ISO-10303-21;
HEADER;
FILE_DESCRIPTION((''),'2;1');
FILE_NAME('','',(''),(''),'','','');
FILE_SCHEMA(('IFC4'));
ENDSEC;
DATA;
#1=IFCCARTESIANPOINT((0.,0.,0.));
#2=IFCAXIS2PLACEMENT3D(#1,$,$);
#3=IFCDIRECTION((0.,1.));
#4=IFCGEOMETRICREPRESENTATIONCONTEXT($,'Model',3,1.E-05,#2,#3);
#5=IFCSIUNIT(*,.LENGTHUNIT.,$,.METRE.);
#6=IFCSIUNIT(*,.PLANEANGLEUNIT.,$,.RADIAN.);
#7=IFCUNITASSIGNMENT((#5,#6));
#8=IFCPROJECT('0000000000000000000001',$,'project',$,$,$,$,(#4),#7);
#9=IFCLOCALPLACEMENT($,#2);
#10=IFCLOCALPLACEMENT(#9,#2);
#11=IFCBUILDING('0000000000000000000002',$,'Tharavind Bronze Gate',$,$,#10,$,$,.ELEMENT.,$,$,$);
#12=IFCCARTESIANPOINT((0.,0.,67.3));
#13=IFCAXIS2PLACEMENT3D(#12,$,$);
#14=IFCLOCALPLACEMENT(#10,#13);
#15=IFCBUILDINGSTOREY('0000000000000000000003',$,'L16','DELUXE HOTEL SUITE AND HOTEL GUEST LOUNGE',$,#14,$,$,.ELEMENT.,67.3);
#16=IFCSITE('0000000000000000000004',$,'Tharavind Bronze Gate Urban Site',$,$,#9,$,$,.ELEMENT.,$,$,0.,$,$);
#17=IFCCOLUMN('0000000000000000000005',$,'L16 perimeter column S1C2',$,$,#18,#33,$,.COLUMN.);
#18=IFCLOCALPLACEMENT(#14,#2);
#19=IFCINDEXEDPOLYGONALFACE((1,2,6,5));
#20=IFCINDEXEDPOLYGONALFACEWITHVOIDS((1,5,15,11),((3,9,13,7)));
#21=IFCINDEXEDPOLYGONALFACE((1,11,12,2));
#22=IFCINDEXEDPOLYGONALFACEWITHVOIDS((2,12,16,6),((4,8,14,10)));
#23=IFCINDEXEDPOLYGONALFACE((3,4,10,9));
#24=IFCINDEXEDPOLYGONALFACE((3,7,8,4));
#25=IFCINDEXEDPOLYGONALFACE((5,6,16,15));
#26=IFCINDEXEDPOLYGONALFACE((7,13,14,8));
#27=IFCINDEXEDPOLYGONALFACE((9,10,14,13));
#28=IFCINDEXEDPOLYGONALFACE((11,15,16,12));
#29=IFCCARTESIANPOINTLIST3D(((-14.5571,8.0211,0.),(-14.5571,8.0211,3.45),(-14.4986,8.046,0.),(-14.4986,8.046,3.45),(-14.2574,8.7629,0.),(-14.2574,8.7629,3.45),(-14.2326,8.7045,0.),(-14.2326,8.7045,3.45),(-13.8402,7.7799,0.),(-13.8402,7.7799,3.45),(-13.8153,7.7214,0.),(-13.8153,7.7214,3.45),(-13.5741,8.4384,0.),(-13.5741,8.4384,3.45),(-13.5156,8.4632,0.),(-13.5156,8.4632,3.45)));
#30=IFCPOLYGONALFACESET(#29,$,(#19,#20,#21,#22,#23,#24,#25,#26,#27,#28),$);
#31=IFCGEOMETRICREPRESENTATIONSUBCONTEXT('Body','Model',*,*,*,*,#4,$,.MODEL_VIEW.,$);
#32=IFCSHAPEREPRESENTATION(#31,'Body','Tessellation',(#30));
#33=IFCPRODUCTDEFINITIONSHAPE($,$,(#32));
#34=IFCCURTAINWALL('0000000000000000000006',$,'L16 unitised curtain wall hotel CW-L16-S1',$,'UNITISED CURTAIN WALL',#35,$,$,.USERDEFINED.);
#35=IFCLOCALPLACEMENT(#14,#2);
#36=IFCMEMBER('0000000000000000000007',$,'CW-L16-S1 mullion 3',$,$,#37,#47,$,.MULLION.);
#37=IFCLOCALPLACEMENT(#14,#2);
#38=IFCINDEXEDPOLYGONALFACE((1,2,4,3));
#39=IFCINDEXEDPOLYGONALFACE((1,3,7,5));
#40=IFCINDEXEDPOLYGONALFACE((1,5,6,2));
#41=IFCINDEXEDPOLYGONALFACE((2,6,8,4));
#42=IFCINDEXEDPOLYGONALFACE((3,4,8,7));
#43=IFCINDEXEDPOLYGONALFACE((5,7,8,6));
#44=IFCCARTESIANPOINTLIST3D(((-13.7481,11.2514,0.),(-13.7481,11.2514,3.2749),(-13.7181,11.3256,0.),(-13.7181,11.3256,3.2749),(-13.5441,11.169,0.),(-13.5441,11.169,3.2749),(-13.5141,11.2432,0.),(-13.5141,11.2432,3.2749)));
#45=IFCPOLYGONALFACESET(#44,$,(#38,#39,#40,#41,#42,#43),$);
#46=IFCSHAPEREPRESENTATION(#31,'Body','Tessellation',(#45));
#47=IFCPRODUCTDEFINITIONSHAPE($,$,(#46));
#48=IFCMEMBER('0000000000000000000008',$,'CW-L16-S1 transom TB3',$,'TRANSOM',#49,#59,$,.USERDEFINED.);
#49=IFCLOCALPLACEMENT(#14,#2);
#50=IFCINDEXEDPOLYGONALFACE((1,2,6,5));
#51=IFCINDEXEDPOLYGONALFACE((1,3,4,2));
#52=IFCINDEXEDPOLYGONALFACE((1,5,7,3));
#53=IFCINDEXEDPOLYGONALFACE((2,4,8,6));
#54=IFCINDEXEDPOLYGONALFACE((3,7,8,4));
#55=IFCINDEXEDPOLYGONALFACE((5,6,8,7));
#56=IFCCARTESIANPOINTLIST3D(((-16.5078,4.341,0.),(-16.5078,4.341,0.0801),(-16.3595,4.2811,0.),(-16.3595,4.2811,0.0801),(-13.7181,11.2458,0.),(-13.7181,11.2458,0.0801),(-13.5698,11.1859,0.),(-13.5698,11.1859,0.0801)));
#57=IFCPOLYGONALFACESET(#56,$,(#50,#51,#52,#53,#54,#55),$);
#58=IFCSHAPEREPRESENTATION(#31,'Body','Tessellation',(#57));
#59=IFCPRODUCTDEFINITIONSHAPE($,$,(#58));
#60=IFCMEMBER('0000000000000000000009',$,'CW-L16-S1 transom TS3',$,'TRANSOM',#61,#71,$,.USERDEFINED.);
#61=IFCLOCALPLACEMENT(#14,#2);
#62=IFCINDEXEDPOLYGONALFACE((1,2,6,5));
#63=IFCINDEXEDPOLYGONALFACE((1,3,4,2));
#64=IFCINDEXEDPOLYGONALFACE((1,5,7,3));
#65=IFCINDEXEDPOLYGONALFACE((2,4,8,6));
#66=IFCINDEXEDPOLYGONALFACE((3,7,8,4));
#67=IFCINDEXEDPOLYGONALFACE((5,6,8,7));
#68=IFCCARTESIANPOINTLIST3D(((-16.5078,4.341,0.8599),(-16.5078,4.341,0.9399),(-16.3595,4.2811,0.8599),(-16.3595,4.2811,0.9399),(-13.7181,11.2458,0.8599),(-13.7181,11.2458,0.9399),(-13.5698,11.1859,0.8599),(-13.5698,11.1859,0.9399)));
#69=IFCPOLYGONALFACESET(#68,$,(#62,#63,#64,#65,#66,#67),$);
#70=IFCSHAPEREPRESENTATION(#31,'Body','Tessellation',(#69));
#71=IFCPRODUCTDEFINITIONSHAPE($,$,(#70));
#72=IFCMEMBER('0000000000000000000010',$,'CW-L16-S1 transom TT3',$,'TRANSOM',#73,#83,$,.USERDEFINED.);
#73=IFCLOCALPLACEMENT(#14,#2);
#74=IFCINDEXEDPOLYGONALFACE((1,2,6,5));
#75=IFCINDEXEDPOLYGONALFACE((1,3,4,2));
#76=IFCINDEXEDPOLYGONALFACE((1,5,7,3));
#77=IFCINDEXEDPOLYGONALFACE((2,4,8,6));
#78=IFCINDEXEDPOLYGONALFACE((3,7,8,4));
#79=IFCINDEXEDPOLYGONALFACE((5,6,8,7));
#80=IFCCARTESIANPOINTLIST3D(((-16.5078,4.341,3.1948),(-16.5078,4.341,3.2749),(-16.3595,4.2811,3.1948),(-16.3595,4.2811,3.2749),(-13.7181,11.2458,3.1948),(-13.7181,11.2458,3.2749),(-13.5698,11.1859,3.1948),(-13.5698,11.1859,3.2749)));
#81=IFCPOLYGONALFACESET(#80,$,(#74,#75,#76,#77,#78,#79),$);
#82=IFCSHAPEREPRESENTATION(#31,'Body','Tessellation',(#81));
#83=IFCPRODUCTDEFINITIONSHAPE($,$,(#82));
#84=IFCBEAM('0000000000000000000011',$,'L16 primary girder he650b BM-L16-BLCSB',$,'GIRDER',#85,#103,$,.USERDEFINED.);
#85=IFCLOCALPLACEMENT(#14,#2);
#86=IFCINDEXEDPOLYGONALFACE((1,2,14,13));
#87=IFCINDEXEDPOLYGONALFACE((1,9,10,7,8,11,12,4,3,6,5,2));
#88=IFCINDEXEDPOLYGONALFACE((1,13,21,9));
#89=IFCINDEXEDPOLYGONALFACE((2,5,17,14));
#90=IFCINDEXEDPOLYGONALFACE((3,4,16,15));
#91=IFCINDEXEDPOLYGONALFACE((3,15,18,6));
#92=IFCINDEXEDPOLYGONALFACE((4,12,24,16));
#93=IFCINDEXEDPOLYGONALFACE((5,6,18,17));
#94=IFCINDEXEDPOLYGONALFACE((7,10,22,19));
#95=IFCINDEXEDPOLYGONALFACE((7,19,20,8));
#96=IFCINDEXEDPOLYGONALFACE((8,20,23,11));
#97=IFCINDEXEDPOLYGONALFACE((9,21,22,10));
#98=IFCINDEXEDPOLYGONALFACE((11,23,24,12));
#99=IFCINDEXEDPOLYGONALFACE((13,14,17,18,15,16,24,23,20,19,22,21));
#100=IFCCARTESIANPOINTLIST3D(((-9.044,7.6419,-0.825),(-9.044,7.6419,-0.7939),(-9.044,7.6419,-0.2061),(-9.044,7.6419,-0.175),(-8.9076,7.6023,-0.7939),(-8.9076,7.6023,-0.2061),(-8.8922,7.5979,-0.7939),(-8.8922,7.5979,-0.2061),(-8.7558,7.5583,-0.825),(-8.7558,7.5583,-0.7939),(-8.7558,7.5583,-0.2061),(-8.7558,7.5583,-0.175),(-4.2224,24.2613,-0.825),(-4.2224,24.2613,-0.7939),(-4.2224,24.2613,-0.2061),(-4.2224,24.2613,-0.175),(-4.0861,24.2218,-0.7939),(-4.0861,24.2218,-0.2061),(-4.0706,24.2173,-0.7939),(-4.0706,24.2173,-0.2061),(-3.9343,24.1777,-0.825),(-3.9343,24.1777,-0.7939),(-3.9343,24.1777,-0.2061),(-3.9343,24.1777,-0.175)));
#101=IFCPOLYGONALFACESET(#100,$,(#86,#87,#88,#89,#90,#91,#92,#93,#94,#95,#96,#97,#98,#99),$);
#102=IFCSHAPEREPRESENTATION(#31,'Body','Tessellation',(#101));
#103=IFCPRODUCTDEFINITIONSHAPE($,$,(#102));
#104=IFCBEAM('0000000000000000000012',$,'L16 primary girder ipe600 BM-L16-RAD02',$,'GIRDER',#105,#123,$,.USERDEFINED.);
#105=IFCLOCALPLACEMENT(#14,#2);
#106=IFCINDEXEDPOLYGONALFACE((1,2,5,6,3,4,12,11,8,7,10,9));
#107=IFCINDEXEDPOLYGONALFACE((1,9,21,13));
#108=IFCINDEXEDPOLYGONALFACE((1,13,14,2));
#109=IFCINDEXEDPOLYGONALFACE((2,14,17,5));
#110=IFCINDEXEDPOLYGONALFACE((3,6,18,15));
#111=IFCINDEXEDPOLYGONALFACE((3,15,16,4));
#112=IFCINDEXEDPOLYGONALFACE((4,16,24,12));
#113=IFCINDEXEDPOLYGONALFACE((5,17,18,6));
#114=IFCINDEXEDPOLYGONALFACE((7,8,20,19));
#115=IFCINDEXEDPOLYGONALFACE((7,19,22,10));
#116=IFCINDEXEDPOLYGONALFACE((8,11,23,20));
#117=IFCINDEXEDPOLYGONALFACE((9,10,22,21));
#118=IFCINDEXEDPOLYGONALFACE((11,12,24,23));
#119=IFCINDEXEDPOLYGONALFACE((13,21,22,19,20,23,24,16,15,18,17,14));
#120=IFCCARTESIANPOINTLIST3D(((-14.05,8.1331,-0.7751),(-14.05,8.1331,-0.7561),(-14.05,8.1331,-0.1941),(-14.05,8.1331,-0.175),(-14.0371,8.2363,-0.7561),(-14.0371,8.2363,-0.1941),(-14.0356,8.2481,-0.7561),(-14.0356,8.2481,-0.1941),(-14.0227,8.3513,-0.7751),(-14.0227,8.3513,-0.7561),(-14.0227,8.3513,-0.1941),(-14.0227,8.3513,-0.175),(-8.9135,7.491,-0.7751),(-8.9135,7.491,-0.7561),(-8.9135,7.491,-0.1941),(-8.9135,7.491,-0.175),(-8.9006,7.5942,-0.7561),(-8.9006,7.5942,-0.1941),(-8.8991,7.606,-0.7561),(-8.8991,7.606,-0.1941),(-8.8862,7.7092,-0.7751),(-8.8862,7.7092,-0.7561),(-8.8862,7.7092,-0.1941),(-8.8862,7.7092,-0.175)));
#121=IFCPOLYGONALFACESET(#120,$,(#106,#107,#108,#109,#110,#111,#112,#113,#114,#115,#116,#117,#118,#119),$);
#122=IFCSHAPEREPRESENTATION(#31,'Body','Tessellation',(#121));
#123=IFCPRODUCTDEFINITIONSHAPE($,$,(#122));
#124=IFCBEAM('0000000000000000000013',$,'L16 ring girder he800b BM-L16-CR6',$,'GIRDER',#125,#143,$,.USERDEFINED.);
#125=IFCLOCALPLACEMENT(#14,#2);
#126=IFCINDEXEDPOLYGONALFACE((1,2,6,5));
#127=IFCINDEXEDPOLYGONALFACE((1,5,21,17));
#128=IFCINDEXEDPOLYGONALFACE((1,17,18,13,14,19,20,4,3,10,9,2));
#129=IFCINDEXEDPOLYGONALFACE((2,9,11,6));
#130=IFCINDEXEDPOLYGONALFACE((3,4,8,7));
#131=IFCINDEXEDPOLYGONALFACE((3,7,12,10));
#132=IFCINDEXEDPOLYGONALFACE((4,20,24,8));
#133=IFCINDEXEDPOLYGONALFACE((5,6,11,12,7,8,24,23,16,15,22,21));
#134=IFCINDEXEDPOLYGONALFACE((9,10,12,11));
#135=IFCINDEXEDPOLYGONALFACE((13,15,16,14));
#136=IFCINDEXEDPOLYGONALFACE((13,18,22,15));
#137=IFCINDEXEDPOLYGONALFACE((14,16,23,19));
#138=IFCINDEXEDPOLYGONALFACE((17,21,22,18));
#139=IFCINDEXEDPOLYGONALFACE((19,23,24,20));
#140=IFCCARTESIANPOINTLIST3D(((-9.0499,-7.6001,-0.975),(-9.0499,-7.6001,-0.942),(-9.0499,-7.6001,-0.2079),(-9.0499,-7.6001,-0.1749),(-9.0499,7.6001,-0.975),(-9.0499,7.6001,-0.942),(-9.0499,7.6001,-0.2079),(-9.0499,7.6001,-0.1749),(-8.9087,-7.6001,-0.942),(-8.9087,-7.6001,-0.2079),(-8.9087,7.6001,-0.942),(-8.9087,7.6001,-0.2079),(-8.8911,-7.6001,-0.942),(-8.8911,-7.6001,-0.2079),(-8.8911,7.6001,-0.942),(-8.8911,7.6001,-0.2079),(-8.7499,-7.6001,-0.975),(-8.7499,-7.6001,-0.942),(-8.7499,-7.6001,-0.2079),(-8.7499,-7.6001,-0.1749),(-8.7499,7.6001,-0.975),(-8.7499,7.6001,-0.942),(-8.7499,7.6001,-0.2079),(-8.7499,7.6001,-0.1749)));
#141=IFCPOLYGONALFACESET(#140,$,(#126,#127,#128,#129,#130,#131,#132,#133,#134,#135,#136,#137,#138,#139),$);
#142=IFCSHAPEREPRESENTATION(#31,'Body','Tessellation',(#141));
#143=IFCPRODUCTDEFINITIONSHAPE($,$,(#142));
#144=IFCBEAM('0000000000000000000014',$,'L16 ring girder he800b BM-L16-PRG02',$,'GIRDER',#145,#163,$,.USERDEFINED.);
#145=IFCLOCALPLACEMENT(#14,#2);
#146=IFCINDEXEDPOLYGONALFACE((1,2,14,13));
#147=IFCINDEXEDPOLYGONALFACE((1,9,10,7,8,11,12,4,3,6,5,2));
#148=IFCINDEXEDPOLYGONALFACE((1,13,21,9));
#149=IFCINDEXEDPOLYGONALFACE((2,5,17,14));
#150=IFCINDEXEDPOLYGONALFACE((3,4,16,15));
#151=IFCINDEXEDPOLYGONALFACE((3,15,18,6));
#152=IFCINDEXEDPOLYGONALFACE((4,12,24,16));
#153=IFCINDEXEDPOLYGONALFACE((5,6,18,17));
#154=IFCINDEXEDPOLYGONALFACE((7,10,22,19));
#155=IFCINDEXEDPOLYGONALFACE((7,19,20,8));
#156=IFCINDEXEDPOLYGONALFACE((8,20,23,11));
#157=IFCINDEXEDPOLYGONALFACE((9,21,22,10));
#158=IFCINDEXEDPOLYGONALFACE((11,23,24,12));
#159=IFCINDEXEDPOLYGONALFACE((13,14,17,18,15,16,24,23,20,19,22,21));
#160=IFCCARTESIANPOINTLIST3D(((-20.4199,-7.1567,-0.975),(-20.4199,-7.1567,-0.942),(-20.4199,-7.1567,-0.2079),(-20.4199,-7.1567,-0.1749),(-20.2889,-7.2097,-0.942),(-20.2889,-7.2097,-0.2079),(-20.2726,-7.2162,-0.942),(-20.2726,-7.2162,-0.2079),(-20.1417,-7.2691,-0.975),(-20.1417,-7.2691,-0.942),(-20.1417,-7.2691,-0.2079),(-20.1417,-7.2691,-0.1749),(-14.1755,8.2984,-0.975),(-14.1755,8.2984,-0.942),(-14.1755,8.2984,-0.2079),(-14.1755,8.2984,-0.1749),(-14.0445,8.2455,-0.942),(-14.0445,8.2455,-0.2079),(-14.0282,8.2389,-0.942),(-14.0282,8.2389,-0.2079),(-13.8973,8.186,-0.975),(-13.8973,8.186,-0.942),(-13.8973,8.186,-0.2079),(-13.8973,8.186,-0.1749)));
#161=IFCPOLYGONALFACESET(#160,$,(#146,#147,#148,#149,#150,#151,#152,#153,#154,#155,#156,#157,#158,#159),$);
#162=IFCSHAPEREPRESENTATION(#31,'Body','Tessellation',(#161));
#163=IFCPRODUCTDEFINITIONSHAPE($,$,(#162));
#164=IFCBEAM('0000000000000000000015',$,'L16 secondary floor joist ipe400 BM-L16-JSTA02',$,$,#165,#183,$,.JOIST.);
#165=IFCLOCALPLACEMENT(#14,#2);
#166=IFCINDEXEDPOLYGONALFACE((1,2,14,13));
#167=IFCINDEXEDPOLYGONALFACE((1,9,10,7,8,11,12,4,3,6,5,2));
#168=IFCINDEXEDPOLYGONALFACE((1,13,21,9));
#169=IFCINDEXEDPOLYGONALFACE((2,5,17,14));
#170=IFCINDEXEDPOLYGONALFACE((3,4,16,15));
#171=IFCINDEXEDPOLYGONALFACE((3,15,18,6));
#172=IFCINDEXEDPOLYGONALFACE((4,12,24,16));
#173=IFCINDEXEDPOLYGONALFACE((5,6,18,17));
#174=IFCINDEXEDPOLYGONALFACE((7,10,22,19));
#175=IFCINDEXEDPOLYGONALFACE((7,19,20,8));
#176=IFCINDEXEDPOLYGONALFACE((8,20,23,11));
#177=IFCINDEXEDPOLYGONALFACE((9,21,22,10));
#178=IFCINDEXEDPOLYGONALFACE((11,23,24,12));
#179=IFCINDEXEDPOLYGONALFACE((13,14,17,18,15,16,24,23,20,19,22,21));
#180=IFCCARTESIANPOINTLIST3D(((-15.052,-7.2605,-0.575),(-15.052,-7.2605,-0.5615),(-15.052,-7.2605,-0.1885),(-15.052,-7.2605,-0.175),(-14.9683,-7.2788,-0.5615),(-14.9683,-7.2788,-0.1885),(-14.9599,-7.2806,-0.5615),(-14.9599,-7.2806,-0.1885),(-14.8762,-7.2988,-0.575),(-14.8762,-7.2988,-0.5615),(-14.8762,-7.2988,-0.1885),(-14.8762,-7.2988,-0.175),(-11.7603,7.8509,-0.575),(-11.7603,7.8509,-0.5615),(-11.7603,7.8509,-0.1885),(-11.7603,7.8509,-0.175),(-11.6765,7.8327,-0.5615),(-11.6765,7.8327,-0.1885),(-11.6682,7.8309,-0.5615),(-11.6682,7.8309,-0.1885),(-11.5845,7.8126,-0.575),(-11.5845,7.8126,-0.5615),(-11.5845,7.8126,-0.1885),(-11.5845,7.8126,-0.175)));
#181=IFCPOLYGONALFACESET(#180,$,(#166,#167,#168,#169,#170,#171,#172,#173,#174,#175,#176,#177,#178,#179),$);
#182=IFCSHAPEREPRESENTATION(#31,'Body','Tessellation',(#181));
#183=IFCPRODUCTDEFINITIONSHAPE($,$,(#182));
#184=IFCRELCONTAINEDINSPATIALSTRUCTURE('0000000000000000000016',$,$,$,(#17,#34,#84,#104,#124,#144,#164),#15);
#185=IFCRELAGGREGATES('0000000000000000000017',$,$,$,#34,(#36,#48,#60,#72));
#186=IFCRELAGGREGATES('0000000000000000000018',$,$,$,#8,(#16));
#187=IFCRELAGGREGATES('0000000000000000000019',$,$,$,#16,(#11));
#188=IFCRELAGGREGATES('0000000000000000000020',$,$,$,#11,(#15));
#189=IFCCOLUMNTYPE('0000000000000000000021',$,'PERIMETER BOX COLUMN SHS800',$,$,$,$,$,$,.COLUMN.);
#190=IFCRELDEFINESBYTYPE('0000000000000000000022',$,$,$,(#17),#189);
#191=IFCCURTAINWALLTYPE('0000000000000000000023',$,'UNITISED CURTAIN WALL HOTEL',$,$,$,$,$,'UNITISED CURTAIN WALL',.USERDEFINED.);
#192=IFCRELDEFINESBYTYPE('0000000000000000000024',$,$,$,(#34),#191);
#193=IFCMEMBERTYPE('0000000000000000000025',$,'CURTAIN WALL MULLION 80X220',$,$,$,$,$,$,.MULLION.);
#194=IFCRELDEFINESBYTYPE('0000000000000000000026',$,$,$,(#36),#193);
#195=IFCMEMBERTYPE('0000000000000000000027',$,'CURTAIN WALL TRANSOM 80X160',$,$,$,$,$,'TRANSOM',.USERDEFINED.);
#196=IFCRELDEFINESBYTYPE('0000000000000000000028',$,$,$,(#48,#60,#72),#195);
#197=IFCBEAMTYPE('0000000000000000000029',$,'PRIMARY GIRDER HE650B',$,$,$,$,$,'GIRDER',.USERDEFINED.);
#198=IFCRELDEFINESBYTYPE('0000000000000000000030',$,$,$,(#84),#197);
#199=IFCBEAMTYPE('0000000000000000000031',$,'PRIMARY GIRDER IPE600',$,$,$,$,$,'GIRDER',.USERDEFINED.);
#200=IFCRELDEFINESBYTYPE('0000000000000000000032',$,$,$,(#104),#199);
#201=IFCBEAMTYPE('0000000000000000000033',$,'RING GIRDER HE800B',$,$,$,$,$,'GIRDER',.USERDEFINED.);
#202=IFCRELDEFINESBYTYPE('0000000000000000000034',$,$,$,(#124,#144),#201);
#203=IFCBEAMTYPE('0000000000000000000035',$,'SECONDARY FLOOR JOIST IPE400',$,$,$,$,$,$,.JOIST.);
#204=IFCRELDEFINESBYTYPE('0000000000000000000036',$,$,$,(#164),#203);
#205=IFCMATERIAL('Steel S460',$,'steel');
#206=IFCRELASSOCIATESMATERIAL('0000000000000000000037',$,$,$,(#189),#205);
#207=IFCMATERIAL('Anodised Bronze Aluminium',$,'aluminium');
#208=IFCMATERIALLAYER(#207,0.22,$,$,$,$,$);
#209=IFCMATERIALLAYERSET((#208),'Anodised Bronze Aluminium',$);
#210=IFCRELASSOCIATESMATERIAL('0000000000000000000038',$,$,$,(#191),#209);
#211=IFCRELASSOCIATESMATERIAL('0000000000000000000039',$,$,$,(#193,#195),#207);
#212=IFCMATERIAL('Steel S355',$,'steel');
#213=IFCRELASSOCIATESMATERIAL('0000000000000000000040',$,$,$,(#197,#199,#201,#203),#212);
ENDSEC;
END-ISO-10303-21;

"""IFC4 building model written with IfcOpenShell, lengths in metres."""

from ifc_helpers import new_model, si_unit, direction, frame, origin, origin_2d, place, context, subcontext, project, spatial, rectangle, hollow_rectangle, i_section, extrude, material, layer, layer_set, material_profile, profile_set, type_object, element, aggregate, save


model = new_model("IFC4")

# Units and contexts
model_context = context("Model", 3, precision=1e-05, world=origin(), true_north=direction((0.0, 1.0)))
body_context = subcontext(model_context, "Body", "Model", "MODEL_VIEW")
ifc_project = project(units=[si_unit("LENGTHUNIT", "METRE"), si_unit("PLANEANGLEUNIT", "RADIAN")], contexts=[model_context])

# Site, building, storey
site_placement = place(None, origin())
site = spatial("IfcSite", under=ifc_project, at=site_placement, Name="Tharavind Bronze Gate Urban Site", CompositionType="ELEMENT", RefElevation=0.0)
building_placement = place(site_placement, origin())
building = spatial("IfcBuilding", under=site, at=building_placement, Name="Tharavind Bronze Gate", CompositionType="ELEMENT")
storey_placement = place(building_placement, frame((0.0, 0.0, 67.3)))
storey = spatial("IfcBuildingStorey", under=building, at=storey_placement, Name="L16", Description="DELUXE HOTEL SUITE AND HOTEL GUEST LOUNGE", CompositionType="ELEMENT", Elevation=67.3)

# Column
ifc_material_1 = material(Name="Steel S460", Category="steel")
ifc_material_profile_1 = material_profile(ifc_material_1, hollow_rectangle(XDim=0.8, YDim=0.8, WallThickness=0.0449, at=origin_2d()), Name="SHS800X45")
ifc_profile_set_1 = profile_set([ifc_material_profile_1], Name="Steel S460")
column_type = type_object("IfcColumnType", Name="PERIMETER BOX COLUMN SHS800", PredefinedType="COLUMN", material=ifc_profile_set_1)
column_placement = place(storey_placement, frame((-14.0364, 8.2422, 0.0), z_axis=(0.0, 0.0, 1.0), x_axis=(0.374608, 0.927183, 0.0)))
element("IfcColumn", 1, at=column_placement, inside=storey, type_object=column_type, Name="L16 perimeter column S1C2", PredefinedType="COLUMN", context=body_context, shape_type="SweptSolid", body=[
    extrude(hollow_rectangle(XDim=0.8, YDim=0.8, WallThickness=0.0449, at=origin_2d()), origin(), (0.0, 0.0, 1.0), 3.45),
])

# Curtain wall, members
ifc_material_2 = material(Name="Anodised Bronze Aluminium", Category="aluminium")
ifc_layer_1 = layer(ifc_material_2, 0.22)
ifc_layer_set_1 = layer_set([ifc_layer_1], Name="Anodised Bronze Aluminium")
curtain_wall_type = type_object("IfcCurtainWallType", Name="UNITISED CURTAIN WALL HOTEL", ElementType="UNITISED CURTAIN WALL", PredefinedType="USERDEFINED", material=ifc_layer_set_1)
curtain_wall_placement = place(storey_placement, origin())
curtain_wall = element("IfcCurtainWall", 2, at=curtain_wall_placement, inside=storey, type_object=curtain_wall_type, Name="L16 unitised curtain wall hotel CW-L16-S1", ObjectType="UNITISED CURTAIN WALL", PredefinedType="USERDEFINED")
member_type_1 = type_object("IfcMemberType", Name="CURTAIN WALL MULLION 80X220", PredefinedType="MULLION", material=ifc_material_2)
member_1_placement = place(storey_placement, frame((-13.6311, 11.2473, 0.0), z_axis=(0.0, 0.0, 1.0), x_axis=(-0.374607, -0.927184, 0.0)))
member_1 = element("IfcMember", 3, at=member_1_placement, type_object=member_type_1, Name="CW-L16-S1 mullion 3", PredefinedType="MULLION", context=body_context, shape_type="SweptSolid", body=[
    extrude(rectangle(XDim=0.0801, YDim=0.22, at=origin_2d()), origin(), (0.0, 0.0, 1.0), 3.2749),
])
member_type_2 = type_object("IfcMemberType", Name="CURTAIN WALL TRANSOM 80X160", ElementType="TRANSOM", PredefinedType="USERDEFINED", material=ifc_material_2)
member_2_placement = place(storey_placement, frame((-15.0388, 7.7634, 0.0), z_axis=(0.0, 0.0, 1.0), x_axis=(-0.374607, -0.927184, 0.0)))
member_2 = element("IfcMember", 4, at=member_2_placement, type_object=member_type_2, Name="CW-L16-S1 transom TB3", ObjectType="TRANSOM", PredefinedType="USERDEFINED", context=body_context, shape_type="SweptSolid", body=[
    extrude(rectangle(XDim=7.447, YDim=0.1599, at=origin_2d()), origin(), (0.0, 0.0, 1.0), 0.0801),
])
member_3_placement = place(storey_placement, frame((-15.0388, 7.7634, 0.8599), z_axis=(0.0, 0.0, 1.0), x_axis=(-0.374607, -0.927184, 0.0)))
member_3 = element("IfcMember", 5, at=member_3_placement, type_object=member_type_2, Name="CW-L16-S1 transom TS3", ObjectType="TRANSOM", PredefinedType="USERDEFINED", context=body_context, shape_type="SweptSolid", body=[
    extrude(rectangle(XDim=7.447, YDim=0.1599, at=origin_2d()), origin(), (0.0, 0.0, 1.0), 0.0801),
])
member_4_placement = place(storey_placement, frame((-15.0388, 7.7634, 3.1948), z_axis=(0.0, 0.0, 1.0), x_axis=(-0.374607, -0.927184, 0.0)))
member_4 = element("IfcMember", 6, at=member_4_placement, type_object=member_type_2, Name="CW-L16-S1 transom TT3", ObjectType="TRANSOM", PredefinedType="USERDEFINED", context=body_context, shape_type="SweptSolid", body=[
    extrude(rectangle(XDim=7.447, YDim=0.1599, at=origin_2d()), origin(), (0.0, 0.0, 1.0), 0.0801),
])

# Beams
ifc_material_3 = material(Name="Steel S355", Category="steel")
ifc_material_profile_2 = material_profile(ifc_material_3, i_section(OverallWidth=0.3, OverallDepth=0.6499, WebThickness=0.0161, FlangeThickness=0.031, at=origin_2d()), Name="HE650B")
ifc_profile_set_2 = profile_set([ifc_material_profile_2], Name="Steel S355")
beam_type_1 = type_object("IfcBeamType", Name="PRIMARY GIRDER HE650B", ElementType="GIRDER", PredefinedType="USERDEFINED", material=ifc_profile_set_2)
beam_1_placement = place(storey_placement, frame((-8.8999, 7.6001, -0.5), z_axis=(0.278626, 0.9604, 0.0), x_axis=(-0.9604, 0.278626, 0.0)))
element("IfcBeam", 7, at=beam_1_placement, inside=storey, type_object=beam_type_1, Name="L16 primary girder he650b BM-L16-BLCSB", ObjectType="GIRDER", PredefinedType="USERDEFINED", context=body_context, shape_type="SweptSolid", body=[
    extrude(i_section(OverallWidth=0.3, OverallDepth=0.6499, WebThickness=0.0161, FlangeThickness=0.031, at=origin_2d()), origin(), (0.0, 0.0, 1.0), 17.3047),
])
ifc_material_profile_3 = material_profile(ifc_material_3, i_section(OverallWidth=0.22, OverallDepth=0.6001, WebThickness=0.012, FlangeThickness=0.019, at=origin_2d()), Name="IPE600")
ifc_profile_set_3 = profile_set([ifc_material_profile_3], Name="Steel S355")
beam_type_2 = type_object("IfcBeamType", Name="PRIMARY GIRDER IPE600", ElementType="GIRDER", PredefinedType="USERDEFINED", material=ifc_profile_set_3)
beam_2_placement = place(storey_placement, frame((-14.0364, 8.2422, -0.4751), z_axis=(0.992277, -0.124041, 0.0), x_axis=(0.124041, 0.992277, 0.0)))
element("IfcBeam", 8, at=beam_2_placement, inside=storey, type_object=beam_type_2, Name="L16 primary girder ipe600 BM-L16-RAD02", ObjectType="GIRDER", PredefinedType="USERDEFINED", context=body_context, shape_type="SweptSolid", body=[
    extrude(i_section(OverallWidth=0.22, OverallDepth=0.6001, WebThickness=0.012, FlangeThickness=0.019, at=origin_2d()), origin(), (0.0, 0.0, 1.0), 5.1765),
])
ifc_material_profile_4 = material_profile(ifc_material_3, i_section(OverallWidth=0.3, OverallDepth=0.8, WebThickness=0.0176, FlangeThickness=0.033, at=origin_2d()), Name="HE800B")
ifc_profile_set_4 = profile_set([ifc_material_profile_4], Name="Steel S355")
beam_type_3 = type_object("IfcBeamType", Name="RING GIRDER HE800B", ElementType="GIRDER", PredefinedType="USERDEFINED", material=ifc_profile_set_4)
beam_3_placement = place(storey_placement, frame((-8.8999, 7.6001, -0.575), z_axis=(0.0, -1.0, 0.0), x_axis=(1.0, 0.0, 0.0)))
element("IfcBeam", 9, at=beam_3_placement, inside=storey, type_object=beam_type_3, Name="L16 ring girder he800b BM-L16-CR6", ObjectType="GIRDER", PredefinedType="USERDEFINED", context=body_context, shape_type="SweptSolid", body=[
    extrude(i_section(OverallWidth=0.3, OverallDepth=0.8, WebThickness=0.0176, FlangeThickness=0.033, at=origin_2d()), origin(), (0.0, 0.0, 1.0), 15.2002),
])
beam_4_placement = place(storey_placement, frame((-14.0364, 8.2422, -0.575), z_axis=(-0.374613, -0.927181, 0.0), x_axis=(0.927181, -0.374613, 0.0)))
element("IfcBeam", 10, at=beam_4_placement, inside=storey, type_object=beam_type_3, Name="L16 ring girder he800b BM-L16-PRG02", ObjectType="GIRDER", PredefinedType="USERDEFINED", context=body_context, shape_type="SweptSolid", body=[
    extrude(i_section(OverallWidth=0.3, OverallDepth=0.8, WebThickness=0.0176, FlangeThickness=0.033, at=origin_2d()), origin(), (0.0, 0.0, 1.0), 16.6689),
])
ifc_material_profile_5 = material_profile(ifc_material_3, i_section(OverallWidth=0.1799, OverallDepth=0.3999, WebThickness=0.0085, FlangeThickness=0.0134, at=origin_2d()), Name="IPE400")
ifc_profile_set_5 = profile_set([ifc_material_profile_5], Name="Steel S355")
beam_type_4 = type_object("IfcBeamType", Name="SECONDARY FLOOR JOIST IPE400", PredefinedType="JOIST", material=ifc_profile_set_5)
beam_5_placement = place(storey_placement, frame((-11.6724, 7.8318, -0.375), z_axis=(-0.212839, -0.977087, 0.0), x_axis=(0.977087, -0.212839, 0.0)))
element("IfcBeam", 11, at=beam_5_placement, inside=storey, type_object=beam_type_4, Name="L16 secondary floor joist ipe400 BM-L16-JSTA02", PredefinedType="JOIST", context=body_context, shape_type="SweptSolid", body=[
    extrude(i_section(OverallWidth=0.1799, OverallDepth=0.3999, WebThickness=0.0085, FlangeThickness=0.0134, at=origin_2d()), origin(), (0.0, 0.0, 1.0), 15.4658),
])

aggregate(curtain_wall, [member_1, member_2, member_3, member_4])

save(model, "model.ifc")
